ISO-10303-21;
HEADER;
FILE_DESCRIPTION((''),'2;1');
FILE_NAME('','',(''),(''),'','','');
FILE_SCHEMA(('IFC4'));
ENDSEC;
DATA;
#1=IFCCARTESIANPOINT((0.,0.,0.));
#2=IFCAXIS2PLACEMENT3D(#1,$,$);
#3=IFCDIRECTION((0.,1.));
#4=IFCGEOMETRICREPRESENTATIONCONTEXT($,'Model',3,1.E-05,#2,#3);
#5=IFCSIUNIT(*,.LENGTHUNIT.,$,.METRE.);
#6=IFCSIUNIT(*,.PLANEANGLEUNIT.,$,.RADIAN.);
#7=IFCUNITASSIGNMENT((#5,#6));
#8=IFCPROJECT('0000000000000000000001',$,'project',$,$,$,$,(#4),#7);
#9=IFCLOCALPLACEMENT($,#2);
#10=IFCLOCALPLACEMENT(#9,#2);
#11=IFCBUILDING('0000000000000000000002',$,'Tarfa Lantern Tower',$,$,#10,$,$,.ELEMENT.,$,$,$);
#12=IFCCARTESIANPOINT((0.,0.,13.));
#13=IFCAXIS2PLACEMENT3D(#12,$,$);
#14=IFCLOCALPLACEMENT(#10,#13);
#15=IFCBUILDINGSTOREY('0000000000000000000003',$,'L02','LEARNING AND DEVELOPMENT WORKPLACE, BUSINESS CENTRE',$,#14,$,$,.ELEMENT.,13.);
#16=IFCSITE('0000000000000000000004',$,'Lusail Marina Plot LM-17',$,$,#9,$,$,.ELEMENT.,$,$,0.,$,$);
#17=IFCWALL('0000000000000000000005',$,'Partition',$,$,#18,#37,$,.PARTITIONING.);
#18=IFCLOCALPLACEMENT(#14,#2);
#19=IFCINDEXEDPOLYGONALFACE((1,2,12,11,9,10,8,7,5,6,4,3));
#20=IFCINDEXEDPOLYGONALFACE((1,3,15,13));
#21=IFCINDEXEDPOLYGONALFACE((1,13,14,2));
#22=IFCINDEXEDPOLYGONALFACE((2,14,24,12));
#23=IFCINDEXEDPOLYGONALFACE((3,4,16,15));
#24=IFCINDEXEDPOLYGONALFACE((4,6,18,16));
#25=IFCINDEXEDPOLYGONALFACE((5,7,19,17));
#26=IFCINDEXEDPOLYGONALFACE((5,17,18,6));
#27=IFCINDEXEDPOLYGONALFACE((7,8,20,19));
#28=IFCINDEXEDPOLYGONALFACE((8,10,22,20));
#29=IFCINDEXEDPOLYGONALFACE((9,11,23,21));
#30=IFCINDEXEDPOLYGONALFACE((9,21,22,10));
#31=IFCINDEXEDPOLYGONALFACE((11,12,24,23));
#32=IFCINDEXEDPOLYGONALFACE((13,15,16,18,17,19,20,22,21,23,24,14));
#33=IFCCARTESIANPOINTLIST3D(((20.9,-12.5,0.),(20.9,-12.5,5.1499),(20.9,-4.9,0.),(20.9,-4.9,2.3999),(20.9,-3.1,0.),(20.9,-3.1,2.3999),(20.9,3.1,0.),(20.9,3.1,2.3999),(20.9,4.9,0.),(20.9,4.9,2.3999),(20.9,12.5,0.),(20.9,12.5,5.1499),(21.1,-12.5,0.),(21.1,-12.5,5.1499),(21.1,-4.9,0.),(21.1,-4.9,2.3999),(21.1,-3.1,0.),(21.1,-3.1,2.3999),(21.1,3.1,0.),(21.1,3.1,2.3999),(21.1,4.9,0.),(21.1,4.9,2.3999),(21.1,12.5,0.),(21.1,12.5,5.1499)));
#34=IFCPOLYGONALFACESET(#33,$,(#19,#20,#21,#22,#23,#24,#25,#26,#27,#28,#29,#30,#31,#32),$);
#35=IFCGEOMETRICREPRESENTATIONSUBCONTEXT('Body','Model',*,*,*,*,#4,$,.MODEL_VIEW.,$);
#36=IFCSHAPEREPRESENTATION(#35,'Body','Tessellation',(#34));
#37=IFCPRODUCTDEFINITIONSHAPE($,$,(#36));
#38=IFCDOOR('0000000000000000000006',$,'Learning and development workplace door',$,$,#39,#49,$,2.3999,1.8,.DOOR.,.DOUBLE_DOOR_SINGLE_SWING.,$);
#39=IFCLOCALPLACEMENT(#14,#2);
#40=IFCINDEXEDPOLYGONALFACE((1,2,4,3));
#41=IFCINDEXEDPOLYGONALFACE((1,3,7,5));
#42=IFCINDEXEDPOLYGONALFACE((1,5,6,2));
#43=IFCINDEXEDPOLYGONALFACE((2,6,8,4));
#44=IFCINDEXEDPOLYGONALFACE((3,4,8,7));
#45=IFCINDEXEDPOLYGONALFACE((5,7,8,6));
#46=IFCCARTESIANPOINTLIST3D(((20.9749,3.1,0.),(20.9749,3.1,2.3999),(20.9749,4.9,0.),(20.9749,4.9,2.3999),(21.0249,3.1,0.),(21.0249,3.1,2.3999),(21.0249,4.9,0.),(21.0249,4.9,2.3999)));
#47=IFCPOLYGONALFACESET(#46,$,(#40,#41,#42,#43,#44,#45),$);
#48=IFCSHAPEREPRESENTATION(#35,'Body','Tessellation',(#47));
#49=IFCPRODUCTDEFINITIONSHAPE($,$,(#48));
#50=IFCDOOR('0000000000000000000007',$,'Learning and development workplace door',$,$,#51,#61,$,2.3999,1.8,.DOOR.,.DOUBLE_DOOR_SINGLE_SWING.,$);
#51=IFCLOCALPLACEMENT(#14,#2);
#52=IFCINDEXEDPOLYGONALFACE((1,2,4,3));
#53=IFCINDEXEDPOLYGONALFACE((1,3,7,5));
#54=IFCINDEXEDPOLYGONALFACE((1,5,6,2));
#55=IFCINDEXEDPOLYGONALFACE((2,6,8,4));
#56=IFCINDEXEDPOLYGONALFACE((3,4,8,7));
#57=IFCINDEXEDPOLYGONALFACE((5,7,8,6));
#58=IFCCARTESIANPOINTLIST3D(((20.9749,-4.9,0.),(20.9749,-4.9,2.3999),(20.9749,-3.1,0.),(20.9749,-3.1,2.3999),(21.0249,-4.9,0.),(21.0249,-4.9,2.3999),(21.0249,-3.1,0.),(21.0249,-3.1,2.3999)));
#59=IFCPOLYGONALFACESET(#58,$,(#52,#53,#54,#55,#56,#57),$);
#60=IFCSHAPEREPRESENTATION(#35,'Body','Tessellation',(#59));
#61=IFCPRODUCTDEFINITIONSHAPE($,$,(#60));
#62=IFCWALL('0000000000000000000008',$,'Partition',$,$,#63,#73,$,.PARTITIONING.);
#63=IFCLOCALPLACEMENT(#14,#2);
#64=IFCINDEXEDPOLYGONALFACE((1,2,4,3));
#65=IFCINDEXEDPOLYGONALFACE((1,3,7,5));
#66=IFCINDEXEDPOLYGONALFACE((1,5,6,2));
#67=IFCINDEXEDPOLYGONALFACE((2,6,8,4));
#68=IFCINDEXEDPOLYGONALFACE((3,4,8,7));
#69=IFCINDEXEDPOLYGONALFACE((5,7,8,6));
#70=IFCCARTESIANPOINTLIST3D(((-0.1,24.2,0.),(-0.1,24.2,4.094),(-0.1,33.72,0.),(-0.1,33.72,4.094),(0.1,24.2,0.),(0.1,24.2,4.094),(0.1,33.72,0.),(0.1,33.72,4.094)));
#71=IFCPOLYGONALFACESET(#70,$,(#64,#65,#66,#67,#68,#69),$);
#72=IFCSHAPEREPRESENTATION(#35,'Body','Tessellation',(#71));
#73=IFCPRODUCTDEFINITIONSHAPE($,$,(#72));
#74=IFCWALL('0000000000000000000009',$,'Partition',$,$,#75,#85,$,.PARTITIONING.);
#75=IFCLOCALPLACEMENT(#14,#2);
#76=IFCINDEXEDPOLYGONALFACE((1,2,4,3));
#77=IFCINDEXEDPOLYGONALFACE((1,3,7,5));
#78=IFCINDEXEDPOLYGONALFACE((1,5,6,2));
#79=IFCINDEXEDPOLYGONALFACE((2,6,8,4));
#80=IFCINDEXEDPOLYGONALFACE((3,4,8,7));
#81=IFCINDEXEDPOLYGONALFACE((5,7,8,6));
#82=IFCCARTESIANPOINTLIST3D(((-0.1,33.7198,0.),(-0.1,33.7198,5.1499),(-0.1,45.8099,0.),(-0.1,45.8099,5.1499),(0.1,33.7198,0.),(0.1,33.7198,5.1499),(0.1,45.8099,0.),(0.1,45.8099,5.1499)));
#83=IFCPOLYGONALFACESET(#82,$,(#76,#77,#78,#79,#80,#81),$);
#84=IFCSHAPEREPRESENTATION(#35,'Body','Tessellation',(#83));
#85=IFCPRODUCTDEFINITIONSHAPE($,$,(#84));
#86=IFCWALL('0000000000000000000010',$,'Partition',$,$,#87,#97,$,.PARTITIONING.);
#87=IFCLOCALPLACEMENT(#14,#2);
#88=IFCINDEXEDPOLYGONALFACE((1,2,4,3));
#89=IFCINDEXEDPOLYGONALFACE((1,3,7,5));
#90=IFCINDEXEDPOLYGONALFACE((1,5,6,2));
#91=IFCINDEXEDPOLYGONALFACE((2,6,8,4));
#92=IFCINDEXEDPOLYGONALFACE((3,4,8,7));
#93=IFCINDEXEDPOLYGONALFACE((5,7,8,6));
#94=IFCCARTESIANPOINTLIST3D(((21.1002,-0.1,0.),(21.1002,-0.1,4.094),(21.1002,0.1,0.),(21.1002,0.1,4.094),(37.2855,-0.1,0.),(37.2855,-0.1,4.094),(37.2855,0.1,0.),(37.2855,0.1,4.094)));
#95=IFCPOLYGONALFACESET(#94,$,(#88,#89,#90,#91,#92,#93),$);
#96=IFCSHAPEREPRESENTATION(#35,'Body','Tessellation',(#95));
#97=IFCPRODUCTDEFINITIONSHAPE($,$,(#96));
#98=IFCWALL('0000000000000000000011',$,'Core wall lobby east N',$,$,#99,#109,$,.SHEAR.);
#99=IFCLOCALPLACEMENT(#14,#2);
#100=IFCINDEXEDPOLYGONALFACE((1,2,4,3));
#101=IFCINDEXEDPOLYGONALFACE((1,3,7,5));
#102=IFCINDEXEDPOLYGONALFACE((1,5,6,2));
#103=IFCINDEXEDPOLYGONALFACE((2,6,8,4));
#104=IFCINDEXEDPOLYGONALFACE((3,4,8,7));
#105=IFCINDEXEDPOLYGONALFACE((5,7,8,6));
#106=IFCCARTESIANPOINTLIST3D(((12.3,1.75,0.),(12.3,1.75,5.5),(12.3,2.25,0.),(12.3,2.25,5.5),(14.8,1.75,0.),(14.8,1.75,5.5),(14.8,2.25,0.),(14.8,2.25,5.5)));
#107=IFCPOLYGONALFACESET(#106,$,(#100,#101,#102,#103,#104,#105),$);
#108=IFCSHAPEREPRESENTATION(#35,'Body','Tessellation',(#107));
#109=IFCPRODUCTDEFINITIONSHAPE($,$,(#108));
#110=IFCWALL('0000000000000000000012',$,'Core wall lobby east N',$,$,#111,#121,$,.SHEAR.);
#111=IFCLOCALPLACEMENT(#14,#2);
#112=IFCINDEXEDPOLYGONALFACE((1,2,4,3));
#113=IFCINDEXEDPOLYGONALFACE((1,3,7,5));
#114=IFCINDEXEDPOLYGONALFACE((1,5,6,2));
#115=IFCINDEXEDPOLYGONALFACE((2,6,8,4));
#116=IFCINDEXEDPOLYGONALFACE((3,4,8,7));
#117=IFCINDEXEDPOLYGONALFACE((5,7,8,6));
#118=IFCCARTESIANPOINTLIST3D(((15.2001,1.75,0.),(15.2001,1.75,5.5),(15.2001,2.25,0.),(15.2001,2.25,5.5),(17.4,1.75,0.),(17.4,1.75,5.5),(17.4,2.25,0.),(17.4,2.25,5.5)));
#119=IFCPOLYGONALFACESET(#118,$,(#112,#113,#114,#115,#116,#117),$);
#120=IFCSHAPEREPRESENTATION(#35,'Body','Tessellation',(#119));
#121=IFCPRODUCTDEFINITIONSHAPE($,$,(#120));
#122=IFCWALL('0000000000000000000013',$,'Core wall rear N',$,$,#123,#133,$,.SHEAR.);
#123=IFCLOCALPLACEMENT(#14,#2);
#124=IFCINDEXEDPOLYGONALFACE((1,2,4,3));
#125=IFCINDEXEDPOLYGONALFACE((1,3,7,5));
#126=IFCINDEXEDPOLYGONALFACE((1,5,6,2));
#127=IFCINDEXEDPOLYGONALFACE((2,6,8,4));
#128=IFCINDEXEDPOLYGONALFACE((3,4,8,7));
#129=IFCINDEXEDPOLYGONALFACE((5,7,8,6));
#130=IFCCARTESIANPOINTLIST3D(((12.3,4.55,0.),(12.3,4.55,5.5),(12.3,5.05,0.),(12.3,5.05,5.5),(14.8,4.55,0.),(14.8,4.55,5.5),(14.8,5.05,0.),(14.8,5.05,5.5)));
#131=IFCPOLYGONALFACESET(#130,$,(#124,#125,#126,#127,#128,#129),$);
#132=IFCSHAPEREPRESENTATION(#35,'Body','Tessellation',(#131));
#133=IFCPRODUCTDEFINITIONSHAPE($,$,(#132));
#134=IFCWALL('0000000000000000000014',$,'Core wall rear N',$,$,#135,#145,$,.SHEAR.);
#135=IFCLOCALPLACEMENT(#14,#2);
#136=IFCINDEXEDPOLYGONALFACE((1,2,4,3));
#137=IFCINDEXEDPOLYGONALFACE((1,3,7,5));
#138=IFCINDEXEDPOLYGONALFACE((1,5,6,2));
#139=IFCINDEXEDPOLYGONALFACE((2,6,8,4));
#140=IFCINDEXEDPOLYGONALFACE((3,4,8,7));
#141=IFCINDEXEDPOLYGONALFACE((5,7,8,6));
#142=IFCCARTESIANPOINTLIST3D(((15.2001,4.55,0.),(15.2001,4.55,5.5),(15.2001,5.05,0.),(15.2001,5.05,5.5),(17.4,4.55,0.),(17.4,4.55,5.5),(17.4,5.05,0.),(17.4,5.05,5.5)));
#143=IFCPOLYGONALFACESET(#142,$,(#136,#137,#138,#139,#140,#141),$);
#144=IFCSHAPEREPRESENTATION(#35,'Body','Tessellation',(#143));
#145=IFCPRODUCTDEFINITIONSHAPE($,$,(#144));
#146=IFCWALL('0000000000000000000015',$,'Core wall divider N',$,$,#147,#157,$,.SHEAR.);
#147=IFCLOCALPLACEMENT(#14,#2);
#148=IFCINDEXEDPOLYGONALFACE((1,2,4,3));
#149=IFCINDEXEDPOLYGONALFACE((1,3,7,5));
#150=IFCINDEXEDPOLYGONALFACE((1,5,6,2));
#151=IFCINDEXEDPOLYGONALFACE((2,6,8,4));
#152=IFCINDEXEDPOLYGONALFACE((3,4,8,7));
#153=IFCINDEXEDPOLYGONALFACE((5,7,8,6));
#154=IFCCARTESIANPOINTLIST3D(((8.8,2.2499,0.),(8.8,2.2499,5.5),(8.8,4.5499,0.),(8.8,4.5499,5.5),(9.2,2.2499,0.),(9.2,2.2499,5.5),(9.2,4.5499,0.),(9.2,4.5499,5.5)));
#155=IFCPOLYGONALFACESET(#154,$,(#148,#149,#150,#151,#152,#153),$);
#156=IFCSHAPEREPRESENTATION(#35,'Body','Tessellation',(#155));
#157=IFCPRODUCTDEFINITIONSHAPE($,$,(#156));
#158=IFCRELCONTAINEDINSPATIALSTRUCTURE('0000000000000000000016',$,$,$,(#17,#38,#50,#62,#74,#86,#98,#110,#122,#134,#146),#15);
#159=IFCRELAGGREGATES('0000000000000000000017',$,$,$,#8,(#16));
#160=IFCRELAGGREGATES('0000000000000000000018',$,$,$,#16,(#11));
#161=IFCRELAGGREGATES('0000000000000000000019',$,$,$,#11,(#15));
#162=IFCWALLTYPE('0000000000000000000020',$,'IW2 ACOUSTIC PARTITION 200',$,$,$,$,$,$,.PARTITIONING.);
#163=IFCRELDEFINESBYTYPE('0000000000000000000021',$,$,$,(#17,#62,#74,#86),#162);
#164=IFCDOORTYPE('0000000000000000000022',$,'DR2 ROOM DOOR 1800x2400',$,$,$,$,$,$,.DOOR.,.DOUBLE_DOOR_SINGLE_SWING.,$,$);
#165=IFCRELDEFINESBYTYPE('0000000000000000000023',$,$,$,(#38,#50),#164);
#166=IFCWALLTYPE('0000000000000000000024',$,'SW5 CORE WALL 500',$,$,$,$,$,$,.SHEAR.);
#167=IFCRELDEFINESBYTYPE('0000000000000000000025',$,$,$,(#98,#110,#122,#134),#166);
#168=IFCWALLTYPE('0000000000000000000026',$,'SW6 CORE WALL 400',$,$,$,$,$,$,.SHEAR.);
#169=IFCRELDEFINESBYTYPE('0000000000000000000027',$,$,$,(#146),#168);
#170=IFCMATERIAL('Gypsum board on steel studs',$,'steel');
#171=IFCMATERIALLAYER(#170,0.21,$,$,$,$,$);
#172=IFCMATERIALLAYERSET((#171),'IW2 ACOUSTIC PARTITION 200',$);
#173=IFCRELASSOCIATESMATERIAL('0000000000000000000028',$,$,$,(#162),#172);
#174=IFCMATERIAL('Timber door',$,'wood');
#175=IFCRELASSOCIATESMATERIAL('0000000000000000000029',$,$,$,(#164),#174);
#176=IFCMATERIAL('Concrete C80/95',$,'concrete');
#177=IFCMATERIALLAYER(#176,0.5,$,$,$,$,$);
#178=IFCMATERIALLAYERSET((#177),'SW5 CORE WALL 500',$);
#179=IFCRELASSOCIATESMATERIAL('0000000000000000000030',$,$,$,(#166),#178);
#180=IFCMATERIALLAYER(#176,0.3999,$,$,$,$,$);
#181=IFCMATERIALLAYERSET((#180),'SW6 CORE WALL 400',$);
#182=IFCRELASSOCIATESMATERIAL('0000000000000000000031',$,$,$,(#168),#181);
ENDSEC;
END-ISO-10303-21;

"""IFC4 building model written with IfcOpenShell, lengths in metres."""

from ifc_helpers import new_model, si_unit, direction, frame, frame_2d, origin, place, context, subcontext, project, spatial, rectangle, extrude, material, layer, layer_set, type_object, element, fill, save


model = new_model("IFC4")

# Units and contexts
model_context = context("Model", 3, precision=1e-05, world=origin(), true_north=direction((0.0, 1.0)))
body_context = subcontext(model_context, "Body", "Model", "MODEL_VIEW")
ifc_project = project(units=[si_unit("LENGTHUNIT", "METRE"), si_unit("PLANEANGLEUNIT", "RADIAN")], contexts=[model_context])

# Site, building, storey
site_placement = place(None, origin())
site = spatial("IfcSite", under=ifc_project, at=site_placement, Name="Lusail Marina Plot LM-17", CompositionType="ELEMENT", RefElevation=0.0)
building_placement = place(site_placement, origin())
building = spatial("IfcBuilding", under=site, at=building_placement, Name="Tarfa Lantern Tower", CompositionType="ELEMENT")
storey_placement = place(building_placement, frame((0.0, 0.0, 13.0)))
storey = spatial("IfcBuildingStorey", under=building, at=storey_placement, Name="L02", Description="LEARNING AND DEVELOPMENT WORKPLACE, BUSINESS CENTRE", CompositionType="ELEMENT", Elevation=13.0)

# Shared definitions
ifc_material_1 = material(Name="Concrete C80/95", Category="concrete")

# Shared definitions
ifc_material_2 = material(Name="Gypsum board on steel studs", Category="steel")
ifc_layer_1 = layer(ifc_material_2, 0.21)
ifc_layer_set_1 = layer_set([ifc_layer_1], Name="IW2 ACOUSTIC PARTITION 200")
wall_type_1 = type_object("IfcWallType", Name="IW2 ACOUSTIC PARTITION 200", PredefinedType="PARTITIONING", material=ifc_layer_set_1)

# Wall, openings, doors
wall_1_placement = place(storey_placement, frame((21.0, 12.5, 0.0), z_axis=(0.0, 0.0, 1.0), x_axis=(0.0, -1.0, 0.0)))
wall_1 = element("IfcWall", 1, at=wall_1_placement, inside=storey, type_object=wall_type_1, Name="Partition", PredefinedType="PARTITIONING", context=body_context, shape_type="SweptSolid", body=[
    extrude(rectangle(XDim=25.0, YDim=0.2, at=frame_2d((12.5, 0.0))), origin(), (0.0, 0.0, 1.0), 5.1499),
])
opening_1_placement = place(wall_1_placement, frame((7.6001, 0.0, 0.0)))
opening_1 = element("IfcOpeningElement", 2, at=opening_1_placement, cuts=wall_1, PredefinedType="OPENING", context=body_context, shape_type="SweptSolid", body=[
    extrude(rectangle(XDim=1.8, YDim=2.3999, at=frame_2d((0.8999, 1.2))), frame((0.0, 0.1099, 0.0), z_axis=(0.0, -1.0, 0.0), x_axis=(1.0, 0.0, 0.0)), (0.0, 0.0, 1.0), 0.22),
])
opening_2_placement = place(wall_1_placement, frame((15.6001, 0.0, 0.0)))
opening_2 = element("IfcOpeningElement", 3, at=opening_2_placement, cuts=wall_1, PredefinedType="OPENING", context=body_context, shape_type="SweptSolid", body=[
    extrude(rectangle(XDim=1.8, YDim=2.3999, at=frame_2d((0.8999, 1.2))), frame((0.0, 0.1099, 0.0), z_axis=(0.0, -1.0, 0.0), x_axis=(1.0, 0.0, 0.0)), (0.0, 0.0, 1.0), 0.22),
])
ifc_material_3 = material(Name="Timber door", Category="wood")
door_type = type_object("IfcDoorType", Name="DR2 ROOM DOOR 1800x2400", OperationType="DOUBLE_DOOR_SINGLE_SWING", PredefinedType="DOOR", material=ifc_material_3)
door_1_placement = place(opening_1_placement, origin())
door_1 = element("IfcDoor", 4, at=door_1_placement, inside=storey, type_object=door_type, Name="Learning and development workplace door", OperationType="DOUBLE_DOOR_SINGLE_SWING", OverallHeight=2.3999, OverallWidth=1.8, PredefinedType="DOOR", context=body_context, shape_type="SweptSolid", body=[
    extrude(rectangle(XDim=1.8, YDim=2.3999, at=frame_2d((0.8999, 1.2))), frame((0.0, 0.0249, 0.0), z_axis=(0.0, -1.0, 0.0), x_axis=(1.0, 0.0, 0.0)), (0.0, 0.0, 1.0), 0.05),
])
fill(opening_1, door_1)
door_2_placement = place(opening_2_placement, origin())
door_2 = element("IfcDoor", 5, at=door_2_placement, inside=storey, type_object=door_type, Name="Learning and development workplace door", OperationType="DOUBLE_DOOR_SINGLE_SWING", OverallHeight=2.3999, OverallWidth=1.8, PredefinedType="DOOR", context=body_context, shape_type="SweptSolid", body=[
    extrude(rectangle(XDim=1.8, YDim=2.3999, at=frame_2d((0.8999, 1.2))), frame((0.0, 0.0249, 0.0), z_axis=(0.0, -1.0, 0.0), x_axis=(1.0, 0.0, 0.0)), (0.0, 0.0, 1.0), 0.05),
])
fill(opening_2, door_2)

# Walls
wall_2_placement = place(storey_placement, frame((0.0, 24.2, 0.0), z_axis=(0.0, 0.0, 1.0), x_axis=(0.0, 1.0, 0.0)))
element("IfcWall", 6, at=wall_2_placement, inside=storey, type_object=wall_type_1, Name="Partition", PredefinedType="PARTITIONING", context=body_context, shape_type="SweptSolid", body=[
    extrude(rectangle(XDim=9.52, YDim=0.2, at=frame_2d((4.76, 0.0))), origin(), (0.0, 0.0, 1.0), 4.094),
])
wall_3_placement = place(storey_placement, frame((0.0, 33.72, 0.0), z_axis=(0.0, 0.0, 1.0), x_axis=(0.0, 1.0, 0.0)))
element("IfcWall", 7, at=wall_3_placement, inside=storey, type_object=wall_type_1, Name="Partition", PredefinedType="PARTITIONING", context=body_context, shape_type="SweptSolid", body=[
    extrude(rectangle(XDim=12.0901, YDim=0.2, at=frame_2d((6.0449, 0.0))), origin(), (0.0, 0.0, 1.0), 5.1499),
])
wall_4_placement = place(storey_placement, frame((21.1001, 0.0, 0.0), z_axis=(0.0, 0.0, 1.0), x_axis=(1.0, 0.0, 0.0)))
element("IfcWall", 8, at=wall_4_placement, inside=storey, type_object=wall_type_1, Name="Partition", PredefinedType="PARTITIONING", context=body_context, shape_type="SweptSolid", body=[
    extrude(rectangle(XDim=16.1853, YDim=0.2, at=frame_2d((8.0928, 0.0))), origin(), (0.0, 0.0, 1.0), 4.094),
])
ifc_layer_2 = layer(ifc_material_1, 0.5)
ifc_layer_set_2 = layer_set([ifc_layer_2], Name="SW5 CORE WALL 500")
wall_type_2 = type_object("IfcWallType", Name="SW5 CORE WALL 500", PredefinedType="SHEAR", material=ifc_layer_set_2)
wall_5_placement = place(storey_placement, frame((12.3, 2.0, 0.0), z_axis=(0.0, 0.0, 1.0), x_axis=(1.0, 0.0, 0.0)))
element("IfcWall", 9, at=wall_5_placement, inside=storey, type_object=wall_type_2, Name="Core wall lobby east N", PredefinedType="SHEAR", context=body_context, shape_type="SweptSolid", body=[
    extrude(rectangle(XDim=2.5, YDim=0.5, at=frame_2d((1.25, 0.0))), origin(), (0.0, 0.0, 1.0), 5.5),
])
wall_6_placement = place(storey_placement, frame((15.2, 2.0, 0.0), z_axis=(0.0, 0.0, 1.0), x_axis=(1.0, 0.0, 0.0)))
element("IfcWall", 10, at=wall_6_placement, inside=storey, type_object=wall_type_2, Name="Core wall lobby east N", PredefinedType="SHEAR", context=body_context, shape_type="SweptSolid", body=[
    extrude(rectangle(XDim=2.2, YDim=0.5, at=frame_2d((1.1001, 0.0))), origin(), (0.0, 0.0, 1.0), 5.5),
])
wall_7_placement = place(storey_placement, frame((12.3, 4.8, 0.0), z_axis=(0.0, 0.0, 1.0), x_axis=(1.0, 0.0, 0.0)))
element("IfcWall", 11, at=wall_7_placement, inside=storey, type_object=wall_type_2, Name="Core wall rear N", PredefinedType="SHEAR", context=body_context, shape_type="SweptSolid", body=[
    extrude(rectangle(XDim=2.5, YDim=0.5, at=frame_2d((1.25, 0.0))), origin(), (0.0, 0.0, 1.0), 5.5),
])
wall_8_placement = place(storey_placement, frame((15.2, 4.8, 0.0), z_axis=(0.0, 0.0, 1.0), x_axis=(1.0, 0.0, 0.0)))
element("IfcWall", 12, at=wall_8_placement, inside=storey, type_object=wall_type_2, Name="Core wall rear N", PredefinedType="SHEAR", context=body_context, shape_type="SweptSolid", body=[
    extrude(rectangle(XDim=2.2, YDim=0.5, at=frame_2d((1.1001, 0.0))), origin(), (0.0, 0.0, 1.0), 5.5),
])
ifc_layer_3 = layer(ifc_material_1, 0.3999)
ifc_layer_set_3 = layer_set([ifc_layer_3], Name="SW6 CORE WALL 400")
wall_type_3 = type_object("IfcWallType", Name="SW6 CORE WALL 400", PredefinedType="SHEAR", material=ifc_layer_set_3)
wall_9_placement = place(storey_placement, frame((9.0, 2.25, 0.0), z_axis=(0.0, 0.0, 1.0), x_axis=(0.0, 1.0, 0.0)))
element("IfcWall", 13, at=wall_9_placement, inside=storey, type_object=wall_type_3, Name="Core wall divider N", PredefinedType="SHEAR", context=body_context, shape_type="SweptSolid", body=[
    extrude(rectangle(XDim=2.3, YDim=0.3999, at=frame_2d((1.1499, 0.0))), origin(), (0.0, 0.0, 1.0), 5.5),
])

save(model, "model.ifc")
